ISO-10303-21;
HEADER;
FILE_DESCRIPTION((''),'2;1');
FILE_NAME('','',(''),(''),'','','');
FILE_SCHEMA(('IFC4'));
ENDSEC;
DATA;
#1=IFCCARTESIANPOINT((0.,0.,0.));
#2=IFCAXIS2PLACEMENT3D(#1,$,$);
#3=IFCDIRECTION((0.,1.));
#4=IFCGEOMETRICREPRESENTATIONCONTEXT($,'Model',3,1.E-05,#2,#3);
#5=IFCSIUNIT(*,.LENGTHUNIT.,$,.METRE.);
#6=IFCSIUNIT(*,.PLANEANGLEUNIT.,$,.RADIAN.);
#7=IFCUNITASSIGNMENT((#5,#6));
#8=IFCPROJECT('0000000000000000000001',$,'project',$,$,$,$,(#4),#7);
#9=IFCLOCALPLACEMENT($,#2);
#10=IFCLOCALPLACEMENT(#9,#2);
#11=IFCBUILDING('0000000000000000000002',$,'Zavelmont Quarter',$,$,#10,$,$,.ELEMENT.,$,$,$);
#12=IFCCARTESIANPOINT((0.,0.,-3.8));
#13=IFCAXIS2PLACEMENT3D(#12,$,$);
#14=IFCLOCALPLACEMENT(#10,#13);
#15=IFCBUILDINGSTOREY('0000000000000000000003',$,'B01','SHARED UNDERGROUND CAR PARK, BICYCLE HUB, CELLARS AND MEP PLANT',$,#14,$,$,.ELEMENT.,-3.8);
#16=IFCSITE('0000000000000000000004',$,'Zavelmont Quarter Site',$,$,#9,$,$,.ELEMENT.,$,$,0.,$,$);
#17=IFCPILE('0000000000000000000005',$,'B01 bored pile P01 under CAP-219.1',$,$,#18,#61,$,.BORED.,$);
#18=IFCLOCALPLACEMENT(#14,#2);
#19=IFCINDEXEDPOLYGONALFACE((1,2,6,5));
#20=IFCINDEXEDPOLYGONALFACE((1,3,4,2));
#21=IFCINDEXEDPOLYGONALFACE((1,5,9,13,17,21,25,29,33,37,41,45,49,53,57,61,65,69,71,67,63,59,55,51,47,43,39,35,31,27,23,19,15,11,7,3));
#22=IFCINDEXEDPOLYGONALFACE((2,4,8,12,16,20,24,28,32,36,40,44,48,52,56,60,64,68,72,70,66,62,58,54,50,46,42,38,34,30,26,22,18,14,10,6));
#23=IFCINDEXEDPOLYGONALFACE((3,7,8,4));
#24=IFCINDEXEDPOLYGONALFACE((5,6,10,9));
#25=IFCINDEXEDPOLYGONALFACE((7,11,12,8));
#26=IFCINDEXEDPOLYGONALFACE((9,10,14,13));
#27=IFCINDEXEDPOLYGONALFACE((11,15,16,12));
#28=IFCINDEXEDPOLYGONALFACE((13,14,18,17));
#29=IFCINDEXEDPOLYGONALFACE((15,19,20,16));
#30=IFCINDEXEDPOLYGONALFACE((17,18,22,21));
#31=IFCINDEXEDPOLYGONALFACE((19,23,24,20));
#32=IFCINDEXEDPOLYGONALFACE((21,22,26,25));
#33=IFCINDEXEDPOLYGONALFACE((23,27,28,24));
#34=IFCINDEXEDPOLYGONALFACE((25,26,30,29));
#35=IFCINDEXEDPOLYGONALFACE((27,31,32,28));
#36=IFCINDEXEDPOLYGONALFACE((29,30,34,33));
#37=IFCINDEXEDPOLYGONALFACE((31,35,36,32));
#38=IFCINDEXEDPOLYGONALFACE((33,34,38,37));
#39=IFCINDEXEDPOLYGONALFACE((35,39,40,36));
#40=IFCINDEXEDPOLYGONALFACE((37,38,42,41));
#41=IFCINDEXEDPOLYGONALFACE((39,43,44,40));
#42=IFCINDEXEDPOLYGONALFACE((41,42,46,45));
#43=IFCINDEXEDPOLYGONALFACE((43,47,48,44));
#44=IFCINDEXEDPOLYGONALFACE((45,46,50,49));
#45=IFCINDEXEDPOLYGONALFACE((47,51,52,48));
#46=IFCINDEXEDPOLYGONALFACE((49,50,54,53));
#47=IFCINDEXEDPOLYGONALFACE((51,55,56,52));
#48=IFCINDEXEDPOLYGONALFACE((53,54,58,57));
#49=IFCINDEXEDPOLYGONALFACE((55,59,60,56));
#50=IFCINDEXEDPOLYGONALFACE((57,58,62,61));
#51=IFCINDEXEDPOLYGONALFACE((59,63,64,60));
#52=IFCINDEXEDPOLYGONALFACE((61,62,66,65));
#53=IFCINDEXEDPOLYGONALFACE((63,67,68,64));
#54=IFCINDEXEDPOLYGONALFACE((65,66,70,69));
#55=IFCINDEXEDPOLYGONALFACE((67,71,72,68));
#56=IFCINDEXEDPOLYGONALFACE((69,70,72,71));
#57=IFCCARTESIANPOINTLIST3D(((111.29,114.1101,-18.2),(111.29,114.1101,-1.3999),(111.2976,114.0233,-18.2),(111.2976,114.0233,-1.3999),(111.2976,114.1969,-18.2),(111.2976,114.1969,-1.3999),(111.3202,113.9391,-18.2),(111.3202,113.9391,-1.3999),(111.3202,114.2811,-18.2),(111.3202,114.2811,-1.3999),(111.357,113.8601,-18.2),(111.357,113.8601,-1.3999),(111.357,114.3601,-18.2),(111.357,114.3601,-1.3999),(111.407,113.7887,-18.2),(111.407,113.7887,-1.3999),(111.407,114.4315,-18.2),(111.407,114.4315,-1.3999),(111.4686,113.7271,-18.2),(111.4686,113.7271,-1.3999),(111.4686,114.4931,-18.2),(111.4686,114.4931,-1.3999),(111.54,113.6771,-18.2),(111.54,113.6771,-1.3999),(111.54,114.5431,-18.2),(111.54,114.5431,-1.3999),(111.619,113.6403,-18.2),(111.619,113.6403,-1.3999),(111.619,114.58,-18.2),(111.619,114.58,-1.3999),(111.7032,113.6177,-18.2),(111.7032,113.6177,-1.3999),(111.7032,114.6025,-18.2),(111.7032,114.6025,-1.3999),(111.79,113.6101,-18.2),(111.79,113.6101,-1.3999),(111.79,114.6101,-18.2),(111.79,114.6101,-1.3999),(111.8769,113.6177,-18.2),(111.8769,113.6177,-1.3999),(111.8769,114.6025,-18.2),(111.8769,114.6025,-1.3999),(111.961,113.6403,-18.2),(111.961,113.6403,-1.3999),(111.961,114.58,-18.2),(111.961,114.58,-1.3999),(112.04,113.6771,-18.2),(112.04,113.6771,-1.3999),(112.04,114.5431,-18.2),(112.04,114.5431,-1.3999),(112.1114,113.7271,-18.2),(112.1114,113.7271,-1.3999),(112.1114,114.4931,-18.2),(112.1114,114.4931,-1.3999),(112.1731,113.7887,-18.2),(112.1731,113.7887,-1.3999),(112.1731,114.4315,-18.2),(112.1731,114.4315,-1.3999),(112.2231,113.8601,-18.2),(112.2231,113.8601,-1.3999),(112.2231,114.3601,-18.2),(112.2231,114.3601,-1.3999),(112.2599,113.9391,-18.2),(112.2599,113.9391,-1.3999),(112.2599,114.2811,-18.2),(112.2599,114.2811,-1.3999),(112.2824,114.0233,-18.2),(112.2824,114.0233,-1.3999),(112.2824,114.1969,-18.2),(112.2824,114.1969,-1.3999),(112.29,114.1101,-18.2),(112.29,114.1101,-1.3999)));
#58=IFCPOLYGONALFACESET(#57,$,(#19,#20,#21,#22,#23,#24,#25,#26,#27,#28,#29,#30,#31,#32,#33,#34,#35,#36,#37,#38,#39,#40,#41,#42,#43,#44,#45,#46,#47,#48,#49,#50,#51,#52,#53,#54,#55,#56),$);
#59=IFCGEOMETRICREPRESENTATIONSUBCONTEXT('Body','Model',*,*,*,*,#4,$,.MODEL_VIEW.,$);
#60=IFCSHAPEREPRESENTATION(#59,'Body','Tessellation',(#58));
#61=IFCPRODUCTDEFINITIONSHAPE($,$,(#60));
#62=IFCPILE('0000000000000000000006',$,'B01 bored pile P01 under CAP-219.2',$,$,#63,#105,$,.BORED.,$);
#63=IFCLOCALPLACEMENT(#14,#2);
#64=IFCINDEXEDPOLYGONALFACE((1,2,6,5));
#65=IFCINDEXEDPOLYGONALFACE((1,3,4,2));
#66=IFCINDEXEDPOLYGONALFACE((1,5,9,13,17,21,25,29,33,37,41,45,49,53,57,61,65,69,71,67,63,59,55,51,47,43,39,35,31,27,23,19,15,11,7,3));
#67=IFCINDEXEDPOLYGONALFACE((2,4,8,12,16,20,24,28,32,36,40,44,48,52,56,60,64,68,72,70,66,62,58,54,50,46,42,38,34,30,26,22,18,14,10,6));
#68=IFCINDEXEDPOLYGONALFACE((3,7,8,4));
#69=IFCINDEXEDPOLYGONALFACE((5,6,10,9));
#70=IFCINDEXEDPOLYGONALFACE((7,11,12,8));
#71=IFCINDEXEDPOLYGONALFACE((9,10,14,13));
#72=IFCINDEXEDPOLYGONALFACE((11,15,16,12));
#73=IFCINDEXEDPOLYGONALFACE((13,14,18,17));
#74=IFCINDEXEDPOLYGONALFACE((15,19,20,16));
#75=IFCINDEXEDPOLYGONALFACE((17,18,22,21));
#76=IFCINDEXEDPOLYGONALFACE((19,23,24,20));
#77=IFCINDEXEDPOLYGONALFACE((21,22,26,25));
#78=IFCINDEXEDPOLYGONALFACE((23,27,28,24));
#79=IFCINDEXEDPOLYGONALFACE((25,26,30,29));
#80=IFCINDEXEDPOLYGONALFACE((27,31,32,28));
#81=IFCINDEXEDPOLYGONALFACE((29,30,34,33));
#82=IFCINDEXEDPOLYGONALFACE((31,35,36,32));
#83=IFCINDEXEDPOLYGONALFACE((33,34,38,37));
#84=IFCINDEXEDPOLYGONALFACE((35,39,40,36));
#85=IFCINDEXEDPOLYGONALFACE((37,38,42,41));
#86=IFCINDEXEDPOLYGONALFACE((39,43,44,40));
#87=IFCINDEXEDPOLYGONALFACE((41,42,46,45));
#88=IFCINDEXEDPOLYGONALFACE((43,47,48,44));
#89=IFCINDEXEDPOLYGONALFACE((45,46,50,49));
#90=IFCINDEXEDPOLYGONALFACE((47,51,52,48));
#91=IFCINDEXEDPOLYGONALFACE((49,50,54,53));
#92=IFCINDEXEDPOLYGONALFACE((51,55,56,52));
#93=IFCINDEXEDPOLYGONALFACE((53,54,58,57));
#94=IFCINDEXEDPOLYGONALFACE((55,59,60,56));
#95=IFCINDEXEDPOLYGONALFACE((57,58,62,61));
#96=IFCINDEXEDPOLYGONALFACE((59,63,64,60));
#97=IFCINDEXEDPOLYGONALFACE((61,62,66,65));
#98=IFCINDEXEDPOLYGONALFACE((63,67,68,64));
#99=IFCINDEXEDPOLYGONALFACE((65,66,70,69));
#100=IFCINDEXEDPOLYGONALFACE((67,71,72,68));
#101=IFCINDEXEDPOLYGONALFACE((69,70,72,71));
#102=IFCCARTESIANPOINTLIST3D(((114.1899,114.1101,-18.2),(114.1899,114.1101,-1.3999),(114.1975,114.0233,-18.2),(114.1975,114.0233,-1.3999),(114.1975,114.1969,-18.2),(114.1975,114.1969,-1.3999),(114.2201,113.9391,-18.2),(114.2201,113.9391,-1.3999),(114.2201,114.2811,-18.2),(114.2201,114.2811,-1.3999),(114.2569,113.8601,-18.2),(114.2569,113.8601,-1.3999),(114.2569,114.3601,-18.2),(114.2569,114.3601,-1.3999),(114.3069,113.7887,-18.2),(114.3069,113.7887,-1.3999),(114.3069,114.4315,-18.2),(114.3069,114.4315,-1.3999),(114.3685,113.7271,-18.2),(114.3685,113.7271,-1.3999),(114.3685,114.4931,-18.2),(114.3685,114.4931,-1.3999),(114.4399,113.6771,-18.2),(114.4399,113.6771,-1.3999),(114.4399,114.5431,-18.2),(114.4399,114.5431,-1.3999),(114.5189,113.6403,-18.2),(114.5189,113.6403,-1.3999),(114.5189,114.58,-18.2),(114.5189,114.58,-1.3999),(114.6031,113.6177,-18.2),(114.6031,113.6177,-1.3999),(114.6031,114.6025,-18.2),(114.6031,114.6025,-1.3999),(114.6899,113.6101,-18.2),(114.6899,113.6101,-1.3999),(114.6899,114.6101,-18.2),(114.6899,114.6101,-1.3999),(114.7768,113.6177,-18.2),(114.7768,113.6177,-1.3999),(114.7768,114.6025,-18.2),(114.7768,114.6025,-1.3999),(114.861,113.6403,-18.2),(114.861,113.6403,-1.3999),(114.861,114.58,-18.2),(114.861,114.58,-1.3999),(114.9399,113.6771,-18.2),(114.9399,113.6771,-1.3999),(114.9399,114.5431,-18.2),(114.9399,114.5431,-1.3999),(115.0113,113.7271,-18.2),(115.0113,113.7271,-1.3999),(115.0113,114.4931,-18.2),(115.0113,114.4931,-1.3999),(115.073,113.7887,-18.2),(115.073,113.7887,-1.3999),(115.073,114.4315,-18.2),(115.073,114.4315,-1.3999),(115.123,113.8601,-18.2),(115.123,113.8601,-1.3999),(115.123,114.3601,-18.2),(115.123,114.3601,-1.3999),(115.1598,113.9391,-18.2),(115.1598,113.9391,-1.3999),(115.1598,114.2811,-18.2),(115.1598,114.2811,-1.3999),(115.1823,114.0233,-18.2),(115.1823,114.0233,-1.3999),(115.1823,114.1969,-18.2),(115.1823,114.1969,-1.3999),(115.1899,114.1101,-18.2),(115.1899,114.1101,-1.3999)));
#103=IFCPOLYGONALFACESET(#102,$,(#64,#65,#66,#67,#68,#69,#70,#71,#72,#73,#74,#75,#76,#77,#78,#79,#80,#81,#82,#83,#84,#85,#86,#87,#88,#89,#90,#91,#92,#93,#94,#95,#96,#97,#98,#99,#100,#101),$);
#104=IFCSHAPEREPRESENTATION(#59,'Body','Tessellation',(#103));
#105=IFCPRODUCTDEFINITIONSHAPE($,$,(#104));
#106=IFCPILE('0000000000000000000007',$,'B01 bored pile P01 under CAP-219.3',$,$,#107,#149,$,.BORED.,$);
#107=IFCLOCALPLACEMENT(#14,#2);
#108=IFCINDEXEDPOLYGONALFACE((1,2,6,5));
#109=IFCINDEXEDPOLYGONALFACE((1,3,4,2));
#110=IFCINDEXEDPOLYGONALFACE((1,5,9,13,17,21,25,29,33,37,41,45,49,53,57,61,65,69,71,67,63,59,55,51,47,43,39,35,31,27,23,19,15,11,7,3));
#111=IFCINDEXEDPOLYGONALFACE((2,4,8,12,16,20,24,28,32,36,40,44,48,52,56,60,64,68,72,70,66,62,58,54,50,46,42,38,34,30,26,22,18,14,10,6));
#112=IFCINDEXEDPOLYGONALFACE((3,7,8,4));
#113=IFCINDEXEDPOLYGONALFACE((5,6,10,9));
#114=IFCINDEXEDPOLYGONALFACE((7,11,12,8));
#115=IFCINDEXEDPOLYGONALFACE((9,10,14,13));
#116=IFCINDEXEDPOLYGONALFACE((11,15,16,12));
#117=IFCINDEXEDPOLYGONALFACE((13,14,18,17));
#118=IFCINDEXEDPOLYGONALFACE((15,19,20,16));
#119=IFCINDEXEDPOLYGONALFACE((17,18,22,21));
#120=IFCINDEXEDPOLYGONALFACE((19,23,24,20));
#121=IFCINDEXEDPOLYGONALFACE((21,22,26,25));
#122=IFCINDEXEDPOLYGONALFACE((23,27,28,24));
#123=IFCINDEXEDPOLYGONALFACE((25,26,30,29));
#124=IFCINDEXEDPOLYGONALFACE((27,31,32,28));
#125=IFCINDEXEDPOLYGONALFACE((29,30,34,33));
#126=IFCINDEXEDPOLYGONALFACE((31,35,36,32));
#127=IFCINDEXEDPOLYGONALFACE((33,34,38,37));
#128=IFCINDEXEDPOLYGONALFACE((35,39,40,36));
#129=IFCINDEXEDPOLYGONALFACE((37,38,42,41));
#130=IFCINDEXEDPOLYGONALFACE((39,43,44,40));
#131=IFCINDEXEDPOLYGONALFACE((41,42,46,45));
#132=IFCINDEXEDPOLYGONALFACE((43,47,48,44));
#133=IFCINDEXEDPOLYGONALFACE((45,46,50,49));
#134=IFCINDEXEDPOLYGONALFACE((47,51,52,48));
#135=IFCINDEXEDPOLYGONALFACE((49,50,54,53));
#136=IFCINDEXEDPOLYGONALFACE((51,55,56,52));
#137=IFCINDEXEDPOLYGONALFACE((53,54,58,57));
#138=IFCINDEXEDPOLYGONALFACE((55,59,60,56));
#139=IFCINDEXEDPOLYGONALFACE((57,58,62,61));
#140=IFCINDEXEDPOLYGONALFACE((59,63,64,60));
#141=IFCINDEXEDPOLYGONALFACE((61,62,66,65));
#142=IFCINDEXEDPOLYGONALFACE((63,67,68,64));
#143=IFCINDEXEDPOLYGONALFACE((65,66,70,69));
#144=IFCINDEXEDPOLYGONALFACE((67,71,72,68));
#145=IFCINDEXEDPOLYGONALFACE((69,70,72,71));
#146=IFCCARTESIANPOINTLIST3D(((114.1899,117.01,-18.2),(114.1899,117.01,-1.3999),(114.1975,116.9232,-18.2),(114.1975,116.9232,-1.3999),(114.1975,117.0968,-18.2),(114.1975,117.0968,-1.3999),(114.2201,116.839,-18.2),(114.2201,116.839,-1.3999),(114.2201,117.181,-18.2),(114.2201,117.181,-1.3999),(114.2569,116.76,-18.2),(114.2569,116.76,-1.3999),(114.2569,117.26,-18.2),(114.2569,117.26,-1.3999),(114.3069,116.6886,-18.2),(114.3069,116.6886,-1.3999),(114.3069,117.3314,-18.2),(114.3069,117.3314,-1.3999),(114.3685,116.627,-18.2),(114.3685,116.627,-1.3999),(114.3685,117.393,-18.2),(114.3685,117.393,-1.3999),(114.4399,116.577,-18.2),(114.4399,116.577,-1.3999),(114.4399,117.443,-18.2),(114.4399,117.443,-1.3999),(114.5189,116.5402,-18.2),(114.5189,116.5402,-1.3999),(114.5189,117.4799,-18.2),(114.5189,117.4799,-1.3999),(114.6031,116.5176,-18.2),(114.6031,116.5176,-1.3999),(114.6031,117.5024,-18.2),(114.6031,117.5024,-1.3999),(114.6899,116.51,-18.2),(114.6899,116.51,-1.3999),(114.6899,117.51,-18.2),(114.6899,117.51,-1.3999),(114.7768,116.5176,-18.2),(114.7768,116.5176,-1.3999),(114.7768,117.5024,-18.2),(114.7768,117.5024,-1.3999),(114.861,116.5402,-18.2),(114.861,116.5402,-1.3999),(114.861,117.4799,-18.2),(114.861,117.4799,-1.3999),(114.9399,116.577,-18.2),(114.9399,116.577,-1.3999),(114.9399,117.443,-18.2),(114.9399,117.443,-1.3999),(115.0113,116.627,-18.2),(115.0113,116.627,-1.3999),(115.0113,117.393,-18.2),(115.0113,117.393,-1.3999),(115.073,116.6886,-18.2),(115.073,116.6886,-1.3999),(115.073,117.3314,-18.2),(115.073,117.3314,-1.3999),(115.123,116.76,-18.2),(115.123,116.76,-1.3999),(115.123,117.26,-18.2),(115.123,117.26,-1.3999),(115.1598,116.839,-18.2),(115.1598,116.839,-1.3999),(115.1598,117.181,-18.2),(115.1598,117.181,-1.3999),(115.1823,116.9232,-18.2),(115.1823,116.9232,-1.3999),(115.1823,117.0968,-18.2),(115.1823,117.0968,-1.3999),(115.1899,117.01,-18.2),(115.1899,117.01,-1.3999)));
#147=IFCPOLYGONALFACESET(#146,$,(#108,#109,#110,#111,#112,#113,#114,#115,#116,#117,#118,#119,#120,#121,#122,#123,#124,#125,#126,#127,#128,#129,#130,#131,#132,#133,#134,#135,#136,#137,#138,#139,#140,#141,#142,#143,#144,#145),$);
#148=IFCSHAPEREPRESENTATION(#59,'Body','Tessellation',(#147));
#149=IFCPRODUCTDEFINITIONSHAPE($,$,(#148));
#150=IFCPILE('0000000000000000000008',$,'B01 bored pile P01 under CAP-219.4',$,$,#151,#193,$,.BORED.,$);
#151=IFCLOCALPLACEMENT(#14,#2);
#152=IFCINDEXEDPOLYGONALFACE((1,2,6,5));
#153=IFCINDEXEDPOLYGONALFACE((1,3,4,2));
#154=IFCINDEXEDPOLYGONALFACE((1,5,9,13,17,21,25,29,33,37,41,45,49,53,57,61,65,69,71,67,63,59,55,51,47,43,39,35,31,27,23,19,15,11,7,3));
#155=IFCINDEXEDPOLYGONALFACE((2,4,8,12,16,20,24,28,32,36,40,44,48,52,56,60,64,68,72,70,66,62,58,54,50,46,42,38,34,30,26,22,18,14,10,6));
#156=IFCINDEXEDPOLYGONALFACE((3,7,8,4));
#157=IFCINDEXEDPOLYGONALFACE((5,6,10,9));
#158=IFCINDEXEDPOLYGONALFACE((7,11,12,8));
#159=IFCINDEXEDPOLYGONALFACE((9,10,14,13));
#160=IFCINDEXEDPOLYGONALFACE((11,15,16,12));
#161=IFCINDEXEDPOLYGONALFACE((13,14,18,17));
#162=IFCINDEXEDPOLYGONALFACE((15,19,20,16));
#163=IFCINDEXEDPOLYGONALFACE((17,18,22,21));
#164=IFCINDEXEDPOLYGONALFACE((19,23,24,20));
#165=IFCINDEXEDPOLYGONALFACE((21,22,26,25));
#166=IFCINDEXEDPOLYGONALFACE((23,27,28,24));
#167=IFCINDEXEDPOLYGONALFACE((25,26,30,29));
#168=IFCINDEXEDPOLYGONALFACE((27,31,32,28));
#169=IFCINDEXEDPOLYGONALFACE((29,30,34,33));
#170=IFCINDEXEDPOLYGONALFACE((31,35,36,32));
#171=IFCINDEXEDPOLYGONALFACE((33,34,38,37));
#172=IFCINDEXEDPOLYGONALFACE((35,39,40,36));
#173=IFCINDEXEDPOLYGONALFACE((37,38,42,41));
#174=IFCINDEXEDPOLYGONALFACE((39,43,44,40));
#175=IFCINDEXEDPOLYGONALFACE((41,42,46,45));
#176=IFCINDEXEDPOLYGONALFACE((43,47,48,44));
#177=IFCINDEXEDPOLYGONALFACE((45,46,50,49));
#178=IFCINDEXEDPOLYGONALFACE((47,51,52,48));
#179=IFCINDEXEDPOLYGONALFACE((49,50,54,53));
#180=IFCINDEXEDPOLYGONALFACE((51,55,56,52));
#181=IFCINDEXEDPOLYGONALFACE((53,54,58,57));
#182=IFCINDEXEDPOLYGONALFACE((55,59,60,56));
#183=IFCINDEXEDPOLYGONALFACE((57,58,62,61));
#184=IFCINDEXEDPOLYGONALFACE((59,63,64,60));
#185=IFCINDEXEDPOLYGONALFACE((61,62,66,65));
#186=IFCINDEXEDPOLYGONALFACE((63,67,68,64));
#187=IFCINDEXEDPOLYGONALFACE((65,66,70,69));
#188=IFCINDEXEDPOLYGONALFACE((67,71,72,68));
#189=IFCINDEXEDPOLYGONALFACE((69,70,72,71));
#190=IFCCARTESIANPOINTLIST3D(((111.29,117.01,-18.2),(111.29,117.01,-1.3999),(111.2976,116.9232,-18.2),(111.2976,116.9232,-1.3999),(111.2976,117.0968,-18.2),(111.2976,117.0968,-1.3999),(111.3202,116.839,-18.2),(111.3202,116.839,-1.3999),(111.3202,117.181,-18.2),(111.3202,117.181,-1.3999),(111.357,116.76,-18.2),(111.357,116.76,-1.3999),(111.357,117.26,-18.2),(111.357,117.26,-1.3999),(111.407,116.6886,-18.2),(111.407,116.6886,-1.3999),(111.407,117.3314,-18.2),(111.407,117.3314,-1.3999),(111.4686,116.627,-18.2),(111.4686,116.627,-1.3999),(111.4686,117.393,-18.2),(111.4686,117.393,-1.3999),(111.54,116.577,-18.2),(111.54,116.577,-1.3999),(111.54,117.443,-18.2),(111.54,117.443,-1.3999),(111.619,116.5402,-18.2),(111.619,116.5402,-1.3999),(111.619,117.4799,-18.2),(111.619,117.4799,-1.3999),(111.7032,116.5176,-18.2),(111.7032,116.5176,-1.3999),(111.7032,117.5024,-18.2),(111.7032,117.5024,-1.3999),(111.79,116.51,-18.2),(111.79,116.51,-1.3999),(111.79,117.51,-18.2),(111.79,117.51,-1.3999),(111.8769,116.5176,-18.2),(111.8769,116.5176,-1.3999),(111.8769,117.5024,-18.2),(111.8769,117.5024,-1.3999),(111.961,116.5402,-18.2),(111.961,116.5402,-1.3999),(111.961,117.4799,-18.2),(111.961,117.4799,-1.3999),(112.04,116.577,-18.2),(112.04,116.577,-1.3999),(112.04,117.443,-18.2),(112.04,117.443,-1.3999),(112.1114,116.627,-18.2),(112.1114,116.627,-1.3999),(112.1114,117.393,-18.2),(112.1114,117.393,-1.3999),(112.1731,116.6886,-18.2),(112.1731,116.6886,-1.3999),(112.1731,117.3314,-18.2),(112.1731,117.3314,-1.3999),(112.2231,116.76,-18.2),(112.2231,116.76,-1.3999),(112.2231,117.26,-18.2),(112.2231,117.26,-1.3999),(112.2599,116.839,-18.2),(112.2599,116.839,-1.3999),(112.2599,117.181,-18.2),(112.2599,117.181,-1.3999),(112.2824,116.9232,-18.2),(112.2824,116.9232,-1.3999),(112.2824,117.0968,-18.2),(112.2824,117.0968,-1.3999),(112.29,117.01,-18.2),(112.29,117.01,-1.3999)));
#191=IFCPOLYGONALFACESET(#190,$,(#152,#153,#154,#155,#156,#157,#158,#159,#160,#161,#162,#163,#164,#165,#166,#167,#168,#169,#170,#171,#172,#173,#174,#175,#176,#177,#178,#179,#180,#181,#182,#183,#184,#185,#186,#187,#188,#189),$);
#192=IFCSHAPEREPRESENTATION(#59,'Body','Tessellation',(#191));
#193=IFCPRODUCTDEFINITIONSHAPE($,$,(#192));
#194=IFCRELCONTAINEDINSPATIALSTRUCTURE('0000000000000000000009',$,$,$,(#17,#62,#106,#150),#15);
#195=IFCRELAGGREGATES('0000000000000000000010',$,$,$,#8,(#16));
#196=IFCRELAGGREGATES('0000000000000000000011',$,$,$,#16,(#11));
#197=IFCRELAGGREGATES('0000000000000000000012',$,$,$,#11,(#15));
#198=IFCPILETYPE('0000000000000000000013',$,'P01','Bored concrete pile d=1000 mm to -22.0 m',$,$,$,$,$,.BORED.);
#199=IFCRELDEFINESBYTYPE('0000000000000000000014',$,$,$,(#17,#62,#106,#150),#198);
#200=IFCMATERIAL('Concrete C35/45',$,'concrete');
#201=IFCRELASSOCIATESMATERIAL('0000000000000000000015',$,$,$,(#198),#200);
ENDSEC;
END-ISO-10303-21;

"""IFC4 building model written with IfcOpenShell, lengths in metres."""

from ifc_helpers import new_model, si_unit, direction, frame, origin, origin_2d, place, context, subcontext, project, spatial, circle, extrude, material, material_profile, profile_set, type_object, element, save


model = new_model("IFC4")

# Units and contexts
model_context = context("Model", 3, precision=1e-05, world=origin(), true_north=direction((0.0, 1.0)))
body_context = subcontext(model_context, "Body", "Model", "MODEL_VIEW")
ifc_project = project(units=[si_unit("LENGTHUNIT", "METRE"), si_unit("PLANEANGLEUNIT", "RADIAN")], contexts=[model_context])

# Site, building, storey
site_placement = place(None, origin())
site = spatial("IfcSite", under=ifc_project, at=site_placement, Name="Zavelmont Quarter Site", CompositionType="ELEMENT", RefElevation=0.0)
building_placement = place(site_placement, origin())
building = spatial("IfcBuilding", under=site, at=building_placement, Name="Zavelmont Quarter", CompositionType="ELEMENT")
storey_placement = place(building_placement, frame((0.0, 0.0, -3.8)))
storey = spatial("IfcBuildingStorey", under=building, at=storey_placement, Name="B01", Description="SHARED UNDERGROUND CAR PARK, BICYCLE HUB, CELLARS AND MEP PLANT", CompositionType="ELEMENT", Elevation=-3.8)

# Shared definitions
ifc_material_1 = material(Name="Concrete C35/45", Category="concrete")

# Piles
ifc_material_profile_1 = material_profile(ifc_material_1, circle(Radius=0.5, at=origin_2d()), Name="BP1000")
ifc_profile_set_1 = profile_set([ifc_material_profile_1], Name="Concrete C35/45")
pile_type_1 = type_object("IfcPileType", Name="P01", Description="Bored concrete pile d=1000 mm to -22.0 m", PredefinedType="BORED", material=ifc_profile_set_1)
for number, where, z_axis, x_axis, name in (
    (1, (111.79, 114.1101, -1.3999), (0.0, 0.0, -1.0), (1.0, 0.0, 0.0), "B01 bored pile P01 under CAP-219.1"),
    (2, (114.6899, 114.1101, -1.3999), (0.0, 0.0, -1.0), (1.0, 0.0, 0.0), "B01 bored pile P01 under CAP-219.2"),
    (3, (114.6899, 117.01, -1.3999), (0.0, 0.0, -1.0), (1.0, 0.0, 0.0), "B01 bored pile P01 under CAP-219.3"),
    (4, (111.79, 117.01, -1.3999), (0.0, 0.0, -1.0), (1.0, 0.0, 0.0), "B01 bored pile P01 under CAP-219.4"),
):
    element("IfcPile", number, at=place(storey_placement, frame(where, z_axis=z_axis, x_axis=x_axis)), inside=storey, type_object=pile_type_1, Name=name, PredefinedType="BORED", context=body_context, shape_type="SweptSolid", body=[
        extrude(circle(Radius=0.5, at=origin_2d()), origin(), (0.0, 0.0, 1.0), 16.8),
    ])

save(model, "model.ifc")
